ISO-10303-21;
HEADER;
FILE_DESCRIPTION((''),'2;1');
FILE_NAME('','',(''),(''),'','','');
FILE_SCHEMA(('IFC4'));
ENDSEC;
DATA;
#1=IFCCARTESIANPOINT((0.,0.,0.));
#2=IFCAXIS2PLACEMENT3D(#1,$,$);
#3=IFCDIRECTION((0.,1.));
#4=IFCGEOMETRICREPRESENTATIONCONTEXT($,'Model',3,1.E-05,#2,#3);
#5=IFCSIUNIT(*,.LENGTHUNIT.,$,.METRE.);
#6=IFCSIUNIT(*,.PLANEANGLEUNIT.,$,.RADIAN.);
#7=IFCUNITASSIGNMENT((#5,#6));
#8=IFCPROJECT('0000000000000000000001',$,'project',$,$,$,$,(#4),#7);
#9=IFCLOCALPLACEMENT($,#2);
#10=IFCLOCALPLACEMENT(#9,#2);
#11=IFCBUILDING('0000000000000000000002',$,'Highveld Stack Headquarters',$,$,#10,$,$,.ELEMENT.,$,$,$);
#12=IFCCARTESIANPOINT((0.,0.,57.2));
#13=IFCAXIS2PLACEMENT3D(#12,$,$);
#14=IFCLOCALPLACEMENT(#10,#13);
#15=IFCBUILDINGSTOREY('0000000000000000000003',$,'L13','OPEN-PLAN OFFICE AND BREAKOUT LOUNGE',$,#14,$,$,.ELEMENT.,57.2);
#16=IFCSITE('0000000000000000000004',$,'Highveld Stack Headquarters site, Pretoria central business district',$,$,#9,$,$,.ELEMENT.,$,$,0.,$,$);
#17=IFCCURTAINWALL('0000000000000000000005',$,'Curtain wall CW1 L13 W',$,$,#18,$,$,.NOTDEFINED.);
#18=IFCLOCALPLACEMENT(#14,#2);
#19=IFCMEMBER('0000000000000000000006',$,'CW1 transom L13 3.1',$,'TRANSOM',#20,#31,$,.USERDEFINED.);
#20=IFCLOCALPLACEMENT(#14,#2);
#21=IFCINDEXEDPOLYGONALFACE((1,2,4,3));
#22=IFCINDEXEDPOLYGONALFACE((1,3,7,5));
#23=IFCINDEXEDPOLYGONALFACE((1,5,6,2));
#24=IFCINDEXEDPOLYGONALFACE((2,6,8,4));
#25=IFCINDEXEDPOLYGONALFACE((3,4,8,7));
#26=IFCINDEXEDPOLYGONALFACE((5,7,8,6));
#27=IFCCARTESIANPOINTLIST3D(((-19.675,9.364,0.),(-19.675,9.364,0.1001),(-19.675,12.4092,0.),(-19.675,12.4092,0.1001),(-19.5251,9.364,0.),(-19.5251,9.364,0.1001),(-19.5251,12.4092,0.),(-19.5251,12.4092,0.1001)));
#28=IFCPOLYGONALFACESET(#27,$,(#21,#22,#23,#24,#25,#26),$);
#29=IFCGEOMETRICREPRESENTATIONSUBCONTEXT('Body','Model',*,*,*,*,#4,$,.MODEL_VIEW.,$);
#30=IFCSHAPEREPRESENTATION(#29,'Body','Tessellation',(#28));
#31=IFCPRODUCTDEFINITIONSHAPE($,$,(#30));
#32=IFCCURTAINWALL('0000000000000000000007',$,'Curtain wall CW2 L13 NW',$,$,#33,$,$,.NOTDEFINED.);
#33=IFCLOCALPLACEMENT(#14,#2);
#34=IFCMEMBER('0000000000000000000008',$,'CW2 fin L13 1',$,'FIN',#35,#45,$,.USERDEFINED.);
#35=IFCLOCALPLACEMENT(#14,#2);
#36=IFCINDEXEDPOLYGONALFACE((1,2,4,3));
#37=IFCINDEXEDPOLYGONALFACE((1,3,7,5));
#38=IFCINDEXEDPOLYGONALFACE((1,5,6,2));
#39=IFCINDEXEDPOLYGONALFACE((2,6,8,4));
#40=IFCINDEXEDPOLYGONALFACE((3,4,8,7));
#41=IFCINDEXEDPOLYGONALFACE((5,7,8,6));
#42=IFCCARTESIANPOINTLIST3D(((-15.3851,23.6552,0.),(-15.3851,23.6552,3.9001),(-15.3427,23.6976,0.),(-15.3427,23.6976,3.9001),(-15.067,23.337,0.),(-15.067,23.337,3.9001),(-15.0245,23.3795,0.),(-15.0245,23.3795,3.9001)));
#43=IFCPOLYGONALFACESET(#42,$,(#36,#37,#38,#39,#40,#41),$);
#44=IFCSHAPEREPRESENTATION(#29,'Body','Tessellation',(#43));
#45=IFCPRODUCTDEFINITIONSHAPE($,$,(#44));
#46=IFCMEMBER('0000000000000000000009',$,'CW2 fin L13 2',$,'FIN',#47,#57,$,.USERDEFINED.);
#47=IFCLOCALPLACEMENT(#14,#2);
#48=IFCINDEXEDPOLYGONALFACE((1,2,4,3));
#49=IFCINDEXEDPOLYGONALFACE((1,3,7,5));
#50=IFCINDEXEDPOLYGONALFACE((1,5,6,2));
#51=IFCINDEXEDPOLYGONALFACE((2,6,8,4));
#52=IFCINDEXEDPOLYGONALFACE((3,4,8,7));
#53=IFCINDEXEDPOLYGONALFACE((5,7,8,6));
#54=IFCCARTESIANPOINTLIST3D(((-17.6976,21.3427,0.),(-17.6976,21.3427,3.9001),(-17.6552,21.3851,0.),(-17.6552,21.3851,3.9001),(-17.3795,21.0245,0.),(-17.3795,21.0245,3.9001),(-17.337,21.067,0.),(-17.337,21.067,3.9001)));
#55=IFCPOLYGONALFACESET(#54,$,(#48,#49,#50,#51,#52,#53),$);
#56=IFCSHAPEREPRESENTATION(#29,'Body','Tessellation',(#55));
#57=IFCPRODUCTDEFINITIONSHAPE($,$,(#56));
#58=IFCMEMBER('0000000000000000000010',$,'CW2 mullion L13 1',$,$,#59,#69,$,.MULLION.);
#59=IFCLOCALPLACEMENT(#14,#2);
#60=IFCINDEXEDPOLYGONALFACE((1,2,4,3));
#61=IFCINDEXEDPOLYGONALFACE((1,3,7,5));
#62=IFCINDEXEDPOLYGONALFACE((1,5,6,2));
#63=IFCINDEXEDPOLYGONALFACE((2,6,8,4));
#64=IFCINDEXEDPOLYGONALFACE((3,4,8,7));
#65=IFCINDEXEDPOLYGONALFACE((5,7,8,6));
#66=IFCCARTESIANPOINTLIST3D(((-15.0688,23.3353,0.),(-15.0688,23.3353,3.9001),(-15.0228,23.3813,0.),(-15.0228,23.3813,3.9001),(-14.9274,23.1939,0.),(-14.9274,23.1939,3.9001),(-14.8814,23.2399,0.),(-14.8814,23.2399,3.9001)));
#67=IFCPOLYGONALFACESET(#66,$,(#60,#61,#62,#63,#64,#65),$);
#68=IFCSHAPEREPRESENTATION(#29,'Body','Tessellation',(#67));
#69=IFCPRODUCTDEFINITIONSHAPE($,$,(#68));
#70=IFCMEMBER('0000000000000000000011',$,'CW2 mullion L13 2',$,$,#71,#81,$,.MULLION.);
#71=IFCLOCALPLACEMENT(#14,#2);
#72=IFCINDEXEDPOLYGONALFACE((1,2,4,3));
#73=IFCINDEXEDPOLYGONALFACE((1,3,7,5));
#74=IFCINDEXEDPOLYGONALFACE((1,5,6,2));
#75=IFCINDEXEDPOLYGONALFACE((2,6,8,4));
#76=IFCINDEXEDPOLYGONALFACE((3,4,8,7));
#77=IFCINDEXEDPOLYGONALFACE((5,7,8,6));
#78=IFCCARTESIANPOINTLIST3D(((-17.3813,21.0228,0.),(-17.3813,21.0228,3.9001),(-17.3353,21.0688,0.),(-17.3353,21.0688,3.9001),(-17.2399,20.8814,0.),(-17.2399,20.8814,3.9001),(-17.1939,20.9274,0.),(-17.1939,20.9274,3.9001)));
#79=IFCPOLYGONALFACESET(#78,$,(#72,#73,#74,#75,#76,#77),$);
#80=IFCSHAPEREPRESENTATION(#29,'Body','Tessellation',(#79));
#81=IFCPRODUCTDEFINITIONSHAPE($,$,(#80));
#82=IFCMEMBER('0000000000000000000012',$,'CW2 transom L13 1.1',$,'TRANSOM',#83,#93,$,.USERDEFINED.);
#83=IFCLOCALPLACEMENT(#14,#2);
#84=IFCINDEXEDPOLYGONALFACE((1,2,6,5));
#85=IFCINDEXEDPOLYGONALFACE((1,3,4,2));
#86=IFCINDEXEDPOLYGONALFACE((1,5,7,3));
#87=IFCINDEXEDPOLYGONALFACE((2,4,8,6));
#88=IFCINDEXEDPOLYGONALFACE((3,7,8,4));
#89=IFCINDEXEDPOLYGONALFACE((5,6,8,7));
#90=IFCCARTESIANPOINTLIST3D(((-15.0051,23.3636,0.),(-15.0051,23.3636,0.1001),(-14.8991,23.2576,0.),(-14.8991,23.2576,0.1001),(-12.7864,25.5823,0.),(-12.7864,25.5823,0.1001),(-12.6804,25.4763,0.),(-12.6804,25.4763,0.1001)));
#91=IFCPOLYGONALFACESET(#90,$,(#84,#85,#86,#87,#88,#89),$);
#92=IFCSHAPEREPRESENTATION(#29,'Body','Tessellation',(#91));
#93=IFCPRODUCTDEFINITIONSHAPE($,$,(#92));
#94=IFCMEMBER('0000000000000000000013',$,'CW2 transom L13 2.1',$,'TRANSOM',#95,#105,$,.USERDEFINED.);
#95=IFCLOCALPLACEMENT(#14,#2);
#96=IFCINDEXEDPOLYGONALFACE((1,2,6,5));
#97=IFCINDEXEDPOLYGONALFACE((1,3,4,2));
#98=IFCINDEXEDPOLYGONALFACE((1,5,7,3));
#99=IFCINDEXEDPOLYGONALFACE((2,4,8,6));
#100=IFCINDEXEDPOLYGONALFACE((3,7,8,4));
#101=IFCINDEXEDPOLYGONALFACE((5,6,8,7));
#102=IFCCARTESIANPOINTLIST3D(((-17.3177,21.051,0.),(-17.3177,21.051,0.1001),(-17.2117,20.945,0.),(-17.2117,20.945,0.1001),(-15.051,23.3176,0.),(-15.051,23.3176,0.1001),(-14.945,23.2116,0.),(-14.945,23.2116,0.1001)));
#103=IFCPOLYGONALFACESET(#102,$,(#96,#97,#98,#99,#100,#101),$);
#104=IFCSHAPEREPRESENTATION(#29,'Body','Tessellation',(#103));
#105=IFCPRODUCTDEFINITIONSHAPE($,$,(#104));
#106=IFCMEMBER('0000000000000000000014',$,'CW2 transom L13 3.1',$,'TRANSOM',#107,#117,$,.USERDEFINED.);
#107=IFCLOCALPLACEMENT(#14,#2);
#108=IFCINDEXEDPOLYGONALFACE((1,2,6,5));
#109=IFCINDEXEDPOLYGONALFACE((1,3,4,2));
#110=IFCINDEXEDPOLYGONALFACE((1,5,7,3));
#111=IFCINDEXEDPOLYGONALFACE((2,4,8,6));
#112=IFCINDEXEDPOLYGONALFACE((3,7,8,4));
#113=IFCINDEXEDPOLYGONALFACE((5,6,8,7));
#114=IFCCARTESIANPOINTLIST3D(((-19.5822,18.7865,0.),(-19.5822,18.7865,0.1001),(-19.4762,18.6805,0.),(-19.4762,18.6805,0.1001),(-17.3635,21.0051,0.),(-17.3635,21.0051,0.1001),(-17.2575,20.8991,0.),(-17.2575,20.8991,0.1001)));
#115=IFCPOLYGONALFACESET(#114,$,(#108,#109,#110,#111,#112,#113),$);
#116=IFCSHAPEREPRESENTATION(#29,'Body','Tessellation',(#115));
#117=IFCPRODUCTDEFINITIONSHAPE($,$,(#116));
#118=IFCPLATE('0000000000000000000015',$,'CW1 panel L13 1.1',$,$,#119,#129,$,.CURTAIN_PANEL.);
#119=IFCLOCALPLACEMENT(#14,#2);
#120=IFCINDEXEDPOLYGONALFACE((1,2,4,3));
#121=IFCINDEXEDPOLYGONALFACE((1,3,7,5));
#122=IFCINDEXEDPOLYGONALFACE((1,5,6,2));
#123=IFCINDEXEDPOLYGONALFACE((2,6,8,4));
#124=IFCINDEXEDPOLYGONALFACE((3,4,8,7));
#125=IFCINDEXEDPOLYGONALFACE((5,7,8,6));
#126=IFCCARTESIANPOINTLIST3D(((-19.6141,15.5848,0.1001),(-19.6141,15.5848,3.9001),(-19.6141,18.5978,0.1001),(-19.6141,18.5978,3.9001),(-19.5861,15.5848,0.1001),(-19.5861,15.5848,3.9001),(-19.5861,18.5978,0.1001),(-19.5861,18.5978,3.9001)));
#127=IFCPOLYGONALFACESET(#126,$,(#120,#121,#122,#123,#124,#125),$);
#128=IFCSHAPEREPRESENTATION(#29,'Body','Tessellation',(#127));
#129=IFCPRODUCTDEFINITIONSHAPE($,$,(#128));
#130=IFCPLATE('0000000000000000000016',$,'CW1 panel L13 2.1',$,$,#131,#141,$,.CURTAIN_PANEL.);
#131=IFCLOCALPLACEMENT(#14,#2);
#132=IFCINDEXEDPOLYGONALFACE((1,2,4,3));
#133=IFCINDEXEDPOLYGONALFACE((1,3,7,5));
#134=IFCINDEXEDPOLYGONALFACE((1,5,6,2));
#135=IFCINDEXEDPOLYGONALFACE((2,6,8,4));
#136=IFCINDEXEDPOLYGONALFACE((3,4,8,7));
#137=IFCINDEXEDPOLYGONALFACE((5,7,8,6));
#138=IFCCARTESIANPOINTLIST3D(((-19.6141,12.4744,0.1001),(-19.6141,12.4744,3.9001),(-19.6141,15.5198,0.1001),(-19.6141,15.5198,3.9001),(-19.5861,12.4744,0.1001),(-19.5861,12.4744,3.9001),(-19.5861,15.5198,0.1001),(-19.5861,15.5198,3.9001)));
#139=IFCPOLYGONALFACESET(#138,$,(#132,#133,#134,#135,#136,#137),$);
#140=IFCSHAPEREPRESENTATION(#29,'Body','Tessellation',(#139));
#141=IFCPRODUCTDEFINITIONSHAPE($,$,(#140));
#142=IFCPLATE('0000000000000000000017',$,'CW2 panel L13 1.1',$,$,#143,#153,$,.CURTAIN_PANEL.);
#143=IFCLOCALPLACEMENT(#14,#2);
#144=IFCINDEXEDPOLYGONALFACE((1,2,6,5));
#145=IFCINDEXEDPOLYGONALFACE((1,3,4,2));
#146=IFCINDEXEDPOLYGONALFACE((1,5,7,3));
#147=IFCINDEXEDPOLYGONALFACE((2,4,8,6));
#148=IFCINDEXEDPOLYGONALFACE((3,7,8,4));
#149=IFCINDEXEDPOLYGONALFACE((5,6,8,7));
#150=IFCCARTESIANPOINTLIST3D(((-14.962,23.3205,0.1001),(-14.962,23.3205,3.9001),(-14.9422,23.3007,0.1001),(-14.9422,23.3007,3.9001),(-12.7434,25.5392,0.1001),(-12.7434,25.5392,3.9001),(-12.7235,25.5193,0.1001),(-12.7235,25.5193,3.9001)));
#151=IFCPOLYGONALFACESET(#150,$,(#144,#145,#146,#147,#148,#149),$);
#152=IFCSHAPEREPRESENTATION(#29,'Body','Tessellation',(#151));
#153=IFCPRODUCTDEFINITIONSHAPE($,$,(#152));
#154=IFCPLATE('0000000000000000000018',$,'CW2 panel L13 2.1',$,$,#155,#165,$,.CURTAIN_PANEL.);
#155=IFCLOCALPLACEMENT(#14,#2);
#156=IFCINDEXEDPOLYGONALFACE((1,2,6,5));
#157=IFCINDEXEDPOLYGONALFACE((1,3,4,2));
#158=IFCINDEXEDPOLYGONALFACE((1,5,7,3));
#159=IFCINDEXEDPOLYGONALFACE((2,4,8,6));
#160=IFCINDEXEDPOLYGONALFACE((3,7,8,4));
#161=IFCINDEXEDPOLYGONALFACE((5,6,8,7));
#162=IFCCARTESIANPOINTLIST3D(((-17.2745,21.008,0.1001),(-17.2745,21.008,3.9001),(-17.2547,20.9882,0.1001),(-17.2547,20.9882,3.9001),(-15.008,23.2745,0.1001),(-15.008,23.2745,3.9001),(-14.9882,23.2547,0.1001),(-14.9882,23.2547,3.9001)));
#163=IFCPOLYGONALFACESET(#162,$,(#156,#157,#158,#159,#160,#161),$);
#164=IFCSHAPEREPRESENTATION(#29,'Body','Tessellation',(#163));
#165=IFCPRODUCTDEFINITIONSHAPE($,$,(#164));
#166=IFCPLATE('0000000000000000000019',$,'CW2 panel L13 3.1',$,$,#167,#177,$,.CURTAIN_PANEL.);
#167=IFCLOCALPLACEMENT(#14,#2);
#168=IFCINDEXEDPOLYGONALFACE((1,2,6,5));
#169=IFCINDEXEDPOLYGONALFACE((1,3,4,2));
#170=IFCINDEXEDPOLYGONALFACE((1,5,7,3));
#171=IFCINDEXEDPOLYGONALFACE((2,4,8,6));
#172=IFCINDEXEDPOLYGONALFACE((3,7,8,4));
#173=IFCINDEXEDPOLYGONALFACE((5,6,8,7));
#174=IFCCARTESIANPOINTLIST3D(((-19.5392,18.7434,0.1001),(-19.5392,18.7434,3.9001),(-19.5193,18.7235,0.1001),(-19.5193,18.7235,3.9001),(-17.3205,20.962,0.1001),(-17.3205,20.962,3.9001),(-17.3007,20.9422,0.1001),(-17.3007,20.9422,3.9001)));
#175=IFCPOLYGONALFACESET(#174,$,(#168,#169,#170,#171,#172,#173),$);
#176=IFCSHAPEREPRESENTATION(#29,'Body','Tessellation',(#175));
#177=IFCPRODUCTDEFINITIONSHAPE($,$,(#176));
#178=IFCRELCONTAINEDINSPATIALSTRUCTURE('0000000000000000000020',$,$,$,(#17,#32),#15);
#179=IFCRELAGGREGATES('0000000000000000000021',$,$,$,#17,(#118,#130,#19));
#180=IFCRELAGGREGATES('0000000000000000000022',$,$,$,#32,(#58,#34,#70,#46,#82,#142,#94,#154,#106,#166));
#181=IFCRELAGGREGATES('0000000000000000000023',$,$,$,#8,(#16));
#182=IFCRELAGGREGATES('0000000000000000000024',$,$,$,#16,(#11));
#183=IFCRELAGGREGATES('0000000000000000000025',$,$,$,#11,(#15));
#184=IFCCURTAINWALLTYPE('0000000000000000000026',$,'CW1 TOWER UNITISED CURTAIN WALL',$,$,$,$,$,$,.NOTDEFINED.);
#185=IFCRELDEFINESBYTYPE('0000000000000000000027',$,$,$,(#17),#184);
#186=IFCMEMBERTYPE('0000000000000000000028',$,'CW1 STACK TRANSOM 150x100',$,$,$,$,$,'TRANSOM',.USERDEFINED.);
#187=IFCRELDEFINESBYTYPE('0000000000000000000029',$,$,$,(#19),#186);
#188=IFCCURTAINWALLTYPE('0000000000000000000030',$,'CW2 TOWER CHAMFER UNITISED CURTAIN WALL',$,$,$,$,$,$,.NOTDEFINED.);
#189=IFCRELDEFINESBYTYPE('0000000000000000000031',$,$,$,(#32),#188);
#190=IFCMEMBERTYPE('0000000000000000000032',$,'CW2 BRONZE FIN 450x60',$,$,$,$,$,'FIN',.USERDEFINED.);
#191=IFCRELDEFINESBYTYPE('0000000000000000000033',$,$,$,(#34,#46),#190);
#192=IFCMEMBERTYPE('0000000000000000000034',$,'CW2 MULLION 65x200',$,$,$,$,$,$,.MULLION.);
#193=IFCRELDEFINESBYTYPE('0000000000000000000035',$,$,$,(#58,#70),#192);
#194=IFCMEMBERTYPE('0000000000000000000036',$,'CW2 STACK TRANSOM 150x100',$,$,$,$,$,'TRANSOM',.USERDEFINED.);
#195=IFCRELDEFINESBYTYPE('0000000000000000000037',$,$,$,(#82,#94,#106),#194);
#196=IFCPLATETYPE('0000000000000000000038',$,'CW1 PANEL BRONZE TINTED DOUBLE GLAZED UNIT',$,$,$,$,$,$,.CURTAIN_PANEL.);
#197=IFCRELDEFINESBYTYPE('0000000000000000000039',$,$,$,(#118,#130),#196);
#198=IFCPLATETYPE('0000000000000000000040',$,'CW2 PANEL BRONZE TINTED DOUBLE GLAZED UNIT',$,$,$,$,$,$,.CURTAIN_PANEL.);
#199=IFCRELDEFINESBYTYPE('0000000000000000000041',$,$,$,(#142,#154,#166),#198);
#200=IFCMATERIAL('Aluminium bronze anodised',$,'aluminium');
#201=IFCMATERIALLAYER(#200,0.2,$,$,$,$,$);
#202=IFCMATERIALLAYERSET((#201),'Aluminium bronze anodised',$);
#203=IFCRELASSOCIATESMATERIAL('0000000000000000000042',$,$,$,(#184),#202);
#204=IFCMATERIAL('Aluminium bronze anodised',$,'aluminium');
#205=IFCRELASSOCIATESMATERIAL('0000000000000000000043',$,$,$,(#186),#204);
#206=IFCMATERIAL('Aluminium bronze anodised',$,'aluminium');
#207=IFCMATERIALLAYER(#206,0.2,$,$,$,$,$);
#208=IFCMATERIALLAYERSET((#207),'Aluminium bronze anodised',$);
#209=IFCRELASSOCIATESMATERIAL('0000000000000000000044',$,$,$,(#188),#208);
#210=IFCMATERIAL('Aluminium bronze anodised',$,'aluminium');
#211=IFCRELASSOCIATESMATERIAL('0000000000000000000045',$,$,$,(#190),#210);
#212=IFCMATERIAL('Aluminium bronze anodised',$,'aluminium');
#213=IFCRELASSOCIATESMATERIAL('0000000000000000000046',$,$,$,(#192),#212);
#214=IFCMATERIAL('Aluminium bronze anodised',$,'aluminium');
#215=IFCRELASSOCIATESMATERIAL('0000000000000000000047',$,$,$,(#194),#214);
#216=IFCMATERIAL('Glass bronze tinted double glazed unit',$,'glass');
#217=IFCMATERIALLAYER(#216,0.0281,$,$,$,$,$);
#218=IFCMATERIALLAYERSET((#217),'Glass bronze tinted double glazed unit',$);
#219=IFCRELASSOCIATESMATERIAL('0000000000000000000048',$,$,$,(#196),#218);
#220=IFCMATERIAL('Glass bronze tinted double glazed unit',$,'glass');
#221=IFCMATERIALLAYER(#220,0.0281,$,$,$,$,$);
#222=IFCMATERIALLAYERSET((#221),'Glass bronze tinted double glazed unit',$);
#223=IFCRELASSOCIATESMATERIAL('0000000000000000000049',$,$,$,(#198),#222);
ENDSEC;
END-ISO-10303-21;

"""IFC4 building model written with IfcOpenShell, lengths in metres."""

from ifc_helpers import new_model, si_unit, direction, frame, origin, origin_2d, place, context, subcontext, project, spatial, rectangle, extrude, material, layer, layer_set, material_profile, profile_set, type_object, element, aggregate, save


model = new_model("IFC4")

# Units and contexts
model_context = context("Model", 3, precision=1e-05, world=origin(), true_north=direction((0.0, 1.0)))
body_context = subcontext(model_context, "Body", "Model", "MODEL_VIEW")
ifc_project = project(units=[si_unit("LENGTHUNIT", "METRE"), si_unit("PLANEANGLEUNIT", "RADIAN")], contexts=[model_context])

# Site, building, storey
site_placement = place(None, origin())
site = spatial("IfcSite", under=ifc_project, at=site_placement, Name="Highveld Stack Headquarters site, Pretoria central business district", CompositionType="ELEMENT", RefElevation=0.0)
building_placement = place(site_placement, origin())
building = spatial("IfcBuilding", under=site, at=building_placement, Name="Highveld Stack Headquarters", CompositionType="ELEMENT")
storey_placement = place(building_placement, frame((0.0, 0.0, 57.2)))
storey = spatial("IfcBuildingStorey", under=building, at=storey_placement, Name="L13", Description="OPEN-PLAN OFFICE AND BREAKOUT LOUNGE", CompositionType="ELEMENT", Elevation=57.2)

# Shared definitions
ifc_material_1 = material(Name="Aluminium bronze anodised", Category="aluminium")
ifc_layer_1 = layer(ifc_material_1, 0.2)
ifc_layer_set_1 = layer_set([ifc_layer_1], Name="Aluminium bronze anodised")
curtain_wall_type_1 = type_object("IfcCurtainWallType", Name="CW1 TOWER UNITISED CURTAIN WALL", PredefinedType="NOTDEFINED", material=ifc_layer_set_1)

# Curtain wall
curtain_wall_1_placement = place(storey_placement, origin())
curtain_wall_1 = element("IfcCurtainWall", 1, at=curtain_wall_1_placement, inside=storey, type_object=curtain_wall_type_1, Name="Curtain wall CW1 L13 W", PredefinedType="NOTDEFINED")

# Member
ifc_material_2 = material(Name="Aluminium bronze anodised", Category="aluminium")
ifc_material_profile_1 = material_profile(ifc_material_2, rectangle(XDim=0.1499, YDim=0.1001, at=origin_2d()), Name="CW1 TRANSOM 150x100")
ifc_profile_set_1 = profile_set([ifc_material_profile_1], Name="Aluminium bronze anodised")
member_type_1 = type_object("IfcMemberType", Name="CW1 STACK TRANSOM 150x100", ElementType="TRANSOM", PredefinedType="USERDEFINED", material=ifc_profile_set_1)
member_1_placement = place(storey_placement, frame((-19.6001, 12.4092, 0.05), z_axis=(0.0, -1.0, 0.0), x_axis=(1.0, 0.0, 0.0)))
member_1 = element("IfcMember", 2, at=member_1_placement, type_object=member_type_1, Name="CW1 transom L13 3.1", ObjectType="TRANSOM", PredefinedType="USERDEFINED", context=body_context, shape_type="SweptSolid", body=[
    extrude(rectangle(XDim=0.1499, YDim=0.1001, at=origin_2d()), origin(), (0.0, 0.0, 1.0), 3.0452),
])

# Curtain wall, members
ifc_material_3 = material(Name="Aluminium bronze anodised", Category="aluminium")
ifc_layer_2 = layer(ifc_material_3, 0.2)
ifc_layer_set_2 = layer_set([ifc_layer_2], Name="Aluminium bronze anodised")
curtain_wall_type_2 = type_object("IfcCurtainWallType", Name="CW2 TOWER CHAMFER UNITISED CURTAIN WALL", PredefinedType="NOTDEFINED", material=ifc_layer_set_2)
curtain_wall_2_placement = place(storey_placement, origin())
curtain_wall_2 = element("IfcCurtainWall", 3, at=curtain_wall_2_placement, inside=storey, type_object=curtain_wall_type_2, Name="Curtain wall CW2 L13 NW", PredefinedType="NOTDEFINED")
ifc_material_4 = material(Name="Aluminium bronze anodised", Category="aluminium")
ifc_material_profile_2 = material_profile(ifc_material_4, rectangle(XDim=0.45, YDim=0.0601, at=origin_2d()), Name="FIN 450x60")
ifc_profile_set_2 = profile_set([ifc_material_profile_2], Name="Aluminium bronze anodised")
member_type_2 = type_object("IfcMemberType", Name="CW2 BRONZE FIN 450x60", ElementType="FIN", PredefinedType="USERDEFINED", material=ifc_profile_set_2)
member_2_placement = place(storey_placement, frame((-15.2048, 23.5173, 0.0), z_axis=(0.0, 0.0, 1.0), x_axis=(0.707107, -0.707107, 0.0)))
member_2 = element("IfcMember", 4, at=member_2_placement, type_object=member_type_2, Name="CW2 fin L13 1", ObjectType="FIN", PredefinedType="USERDEFINED", context=body_context, shape_type="SweptSolid", body=[
    extrude(rectangle(XDim=0.45, YDim=0.0601, at=origin_2d()), origin(), (0.0, 0.0, 1.0), 3.9001),
])
member_3_placement = place(storey_placement, frame((-17.5173, 21.2048, 0.0), z_axis=(0.0, 0.0, 1.0), x_axis=(0.707107, -0.707107, 0.0)))
member_3 = element("IfcMember", 5, at=member_3_placement, type_object=member_type_2, Name="CW2 fin L13 2", ObjectType="FIN", PredefinedType="USERDEFINED", context=body_context, shape_type="SweptSolid", body=[
    extrude(rectangle(XDim=0.45, YDim=0.0601, at=origin_2d()), origin(), (0.0, 0.0, 1.0), 3.9001),
])
ifc_material_5 = material(Name="Aluminium bronze anodised", Category="aluminium")
ifc_material_profile_3 = material_profile(ifc_material_5, rectangle(XDim=0.2, YDim=0.0649, at=origin_2d()), Name="CW2 MULLION 65x200")
ifc_profile_set_3 = profile_set([ifc_material_profile_3], Name="Aluminium bronze anodised")
member_type_3 = type_object("IfcMemberType", Name="CW2 MULLION 65x200", PredefinedType="MULLION", material=ifc_profile_set_3)
member_4_placement = place(storey_placement, frame((-14.9751, 23.2876, 0.0), z_axis=(0.0, 0.0, 1.0), x_axis=(0.707107, -0.707107, 0.0)))
member_4 = element("IfcMember", 6, at=member_4_placement, type_object=member_type_3, Name="CW2 mullion L13 1", PredefinedType="MULLION", context=body_context, shape_type="SweptSolid", body=[
    extrude(rectangle(XDim=0.2, YDim=0.0649, at=origin_2d()), origin(), (0.0, 0.0, 1.0), 3.9001),
])
member_5_placement = place(storey_placement, frame((-17.2876, 20.9751, 0.0), z_axis=(0.0, 0.0, 1.0), x_axis=(0.707107, -0.707107, 0.0)))
member_5 = element("IfcMember", 7, at=member_5_placement, type_object=member_type_3, Name="CW2 mullion L13 2", PredefinedType="MULLION", context=body_context, shape_type="SweptSolid", body=[
    extrude(rectangle(XDim=0.2, YDim=0.0649, at=origin_2d()), origin(), (0.0, 0.0, 1.0), 3.9001),
])
ifc_material_6 = material(Name="Aluminium bronze anodised", Category="aluminium")
ifc_material_profile_4 = material_profile(ifc_material_6, rectangle(XDim=0.1499, YDim=0.1001, at=origin_2d()), Name="CW2 TRANSOM 150x100")
ifc_profile_set_4 = profile_set([ifc_material_profile_4], Name="Aluminium bronze anodised")
member_type_4 = type_object("IfcMemberType", Name="CW2 STACK TRANSOM 150x100", ElementType="TRANSOM", PredefinedType="USERDEFINED", material=ifc_profile_set_4)
member_6_placement = place(storey_placement, frame((-12.7334, 25.5293, 0.05), z_axis=(-0.707107, -0.707107, 0.0), x_axis=(0.707107, -0.707107, 0.0)))
member_6 = element("IfcMember", 8, at=member_6_placement, type_object=member_type_4, Name="CW2 transom L13 1.1", ObjectType="TRANSOM", PredefinedType="USERDEFINED", context=body_context, shape_type="SweptSolid", body=[
    extrude(rectangle(XDim=0.1499, YDim=0.1001, at=origin_2d()), origin(), (0.0, 0.0, 1.0), 3.1377),
])
member_7_placement = place(storey_placement, frame((-14.998, 23.2646, 0.05), z_axis=(-0.707107, -0.707107, 0.0), x_axis=(0.707107, -0.707107, 0.0)))
member_7 = element("IfcMember", 9, at=member_7_placement, type_object=member_type_4, Name="CW2 transom L13 2.1", ObjectType="TRANSOM", PredefinedType="USERDEFINED", context=body_context, shape_type="SweptSolid", body=[
    extrude(rectangle(XDim=0.1499, YDim=0.1001, at=origin_2d()), origin(), (0.0, 0.0, 1.0), 3.2056),
])
member_8_placement = place(storey_placement, frame((-17.3105, 20.9521, 0.05), z_axis=(-0.707107, -0.707107, 0.0), x_axis=(0.707107, -0.707107, 0.0)))
member_8 = element("IfcMember", 10, at=member_8_placement, type_object=member_type_4, Name="CW2 transom L13 3.1", ObjectType="TRANSOM", PredefinedType="USERDEFINED", context=body_context, shape_type="SweptSolid", body=[
    extrude(rectangle(XDim=0.1499, YDim=0.1001, at=origin_2d()), origin(), (0.0, 0.0, 1.0), 3.1377),
])

# Plates
ifc_material_7 = material(Name="Glass bronze tinted double glazed unit", Category="glass")
ifc_layer_3 = layer(ifc_material_7, 0.0281)
ifc_layer_set_3 = layer_set([ifc_layer_3], Name="Glass bronze tinted double glazed unit")
plate_type_1 = type_object("IfcPlateType", Name="CW1 PANEL BRONZE TINTED DOUBLE GLAZED UNIT", PredefinedType="CURTAIN_PANEL", material=ifc_layer_set_3)
plate_1_placement = place(storey_placement, frame((-19.6001, 17.0913, 0.1001), z_axis=(0.0, 0.0, 1.0), x_axis=(0.0, -1.0, 0.0)))
plate_1 = element("IfcPlate", 11, at=plate_1_placement, type_object=plate_type_1, Name="CW1 panel L13 1.1", PredefinedType="CURTAIN_PANEL", context=body_context, shape_type="SweptSolid", body=[
    extrude(rectangle(XDim=3.0129, YDim=0.0281, at=origin_2d()), origin(), (0.0, 0.0, 1.0), 3.8),
])
plate_2_placement = place(storey_placement, frame((-19.6001, 13.9971, 0.1001), z_axis=(0.0, 0.0, 1.0), x_axis=(0.0, -1.0, 0.0)))
plate_2 = element("IfcPlate", 12, at=plate_2_placement, type_object=plate_type_1, Name="CW1 panel L13 2.1", PredefinedType="CURTAIN_PANEL", context=body_context, shape_type="SweptSolid", body=[
    extrude(rectangle(XDim=3.0454, YDim=0.0281, at=origin_2d()), origin(), (0.0, 0.0, 1.0), 3.8),
])
aggregate(curtain_wall_1, [plate_1, plate_2, member_1])
ifc_material_8 = material(Name="Glass bronze tinted double glazed unit", Category="glass")
ifc_layer_4 = layer(ifc_material_8, 0.0281)
ifc_layer_set_4 = layer_set([ifc_layer_4], Name="Glass bronze tinted double glazed unit")
plate_type_2 = type_object("IfcPlateType", Name="CW2 PANEL BRONZE TINTED DOUBLE GLAZED UNIT", PredefinedType="CURTAIN_PANEL", material=ifc_layer_set_4)
plate_3_placement = place(storey_placement, frame((-13.8428, 24.4199, 0.1001), z_axis=(0.0, 0.0, 1.0), x_axis=(-0.707107, -0.707107, 0.0)))
plate_3 = element("IfcPlate", 13, at=plate_3_placement, type_object=plate_type_2, Name="CW2 panel L13 1.1", PredefinedType="CURTAIN_PANEL", context=body_context, shape_type="SweptSolid", body=[
    extrude(rectangle(XDim=3.1377, YDim=0.0281, at=origin_2d()), origin(), (0.0, 0.0, 1.0), 3.8),
])
plate_4_placement = place(storey_placement, frame((-16.1313, 22.1313, 0.1001), z_axis=(0.0, 0.0, 1.0), x_axis=(-0.707107, -0.707107, 0.0)))
plate_4 = element("IfcPlate", 14, at=plate_4_placement, type_object=plate_type_2, Name="CW2 panel L13 2.1", PredefinedType="CURTAIN_PANEL", context=body_context, shape_type="SweptSolid", body=[
    extrude(rectangle(XDim=3.2053, YDim=0.0281, at=origin_2d()), origin(), (0.0, 0.0, 1.0), 3.8),
])
plate_5_placement = place(storey_placement, frame((-18.4199, 19.8428, 0.1001), z_axis=(0.0, 0.0, 1.0), x_axis=(-0.707107, -0.707107, 0.0)))
plate_5 = element("IfcPlate", 15, at=plate_5_placement, type_object=plate_type_2, Name="CW2 panel L13 3.1", PredefinedType="CURTAIN_PANEL", context=body_context, shape_type="SweptSolid", body=[
    extrude(rectangle(XDim=3.1377, YDim=0.0281, at=origin_2d()), origin(), (0.0, 0.0, 1.0), 3.8),
])
aggregate(curtain_wall_2, [member_4, member_2, member_5, member_3, member_6, plate_3, member_7, plate_4, member_8, plate_5])

save(model, "model.ifc")
